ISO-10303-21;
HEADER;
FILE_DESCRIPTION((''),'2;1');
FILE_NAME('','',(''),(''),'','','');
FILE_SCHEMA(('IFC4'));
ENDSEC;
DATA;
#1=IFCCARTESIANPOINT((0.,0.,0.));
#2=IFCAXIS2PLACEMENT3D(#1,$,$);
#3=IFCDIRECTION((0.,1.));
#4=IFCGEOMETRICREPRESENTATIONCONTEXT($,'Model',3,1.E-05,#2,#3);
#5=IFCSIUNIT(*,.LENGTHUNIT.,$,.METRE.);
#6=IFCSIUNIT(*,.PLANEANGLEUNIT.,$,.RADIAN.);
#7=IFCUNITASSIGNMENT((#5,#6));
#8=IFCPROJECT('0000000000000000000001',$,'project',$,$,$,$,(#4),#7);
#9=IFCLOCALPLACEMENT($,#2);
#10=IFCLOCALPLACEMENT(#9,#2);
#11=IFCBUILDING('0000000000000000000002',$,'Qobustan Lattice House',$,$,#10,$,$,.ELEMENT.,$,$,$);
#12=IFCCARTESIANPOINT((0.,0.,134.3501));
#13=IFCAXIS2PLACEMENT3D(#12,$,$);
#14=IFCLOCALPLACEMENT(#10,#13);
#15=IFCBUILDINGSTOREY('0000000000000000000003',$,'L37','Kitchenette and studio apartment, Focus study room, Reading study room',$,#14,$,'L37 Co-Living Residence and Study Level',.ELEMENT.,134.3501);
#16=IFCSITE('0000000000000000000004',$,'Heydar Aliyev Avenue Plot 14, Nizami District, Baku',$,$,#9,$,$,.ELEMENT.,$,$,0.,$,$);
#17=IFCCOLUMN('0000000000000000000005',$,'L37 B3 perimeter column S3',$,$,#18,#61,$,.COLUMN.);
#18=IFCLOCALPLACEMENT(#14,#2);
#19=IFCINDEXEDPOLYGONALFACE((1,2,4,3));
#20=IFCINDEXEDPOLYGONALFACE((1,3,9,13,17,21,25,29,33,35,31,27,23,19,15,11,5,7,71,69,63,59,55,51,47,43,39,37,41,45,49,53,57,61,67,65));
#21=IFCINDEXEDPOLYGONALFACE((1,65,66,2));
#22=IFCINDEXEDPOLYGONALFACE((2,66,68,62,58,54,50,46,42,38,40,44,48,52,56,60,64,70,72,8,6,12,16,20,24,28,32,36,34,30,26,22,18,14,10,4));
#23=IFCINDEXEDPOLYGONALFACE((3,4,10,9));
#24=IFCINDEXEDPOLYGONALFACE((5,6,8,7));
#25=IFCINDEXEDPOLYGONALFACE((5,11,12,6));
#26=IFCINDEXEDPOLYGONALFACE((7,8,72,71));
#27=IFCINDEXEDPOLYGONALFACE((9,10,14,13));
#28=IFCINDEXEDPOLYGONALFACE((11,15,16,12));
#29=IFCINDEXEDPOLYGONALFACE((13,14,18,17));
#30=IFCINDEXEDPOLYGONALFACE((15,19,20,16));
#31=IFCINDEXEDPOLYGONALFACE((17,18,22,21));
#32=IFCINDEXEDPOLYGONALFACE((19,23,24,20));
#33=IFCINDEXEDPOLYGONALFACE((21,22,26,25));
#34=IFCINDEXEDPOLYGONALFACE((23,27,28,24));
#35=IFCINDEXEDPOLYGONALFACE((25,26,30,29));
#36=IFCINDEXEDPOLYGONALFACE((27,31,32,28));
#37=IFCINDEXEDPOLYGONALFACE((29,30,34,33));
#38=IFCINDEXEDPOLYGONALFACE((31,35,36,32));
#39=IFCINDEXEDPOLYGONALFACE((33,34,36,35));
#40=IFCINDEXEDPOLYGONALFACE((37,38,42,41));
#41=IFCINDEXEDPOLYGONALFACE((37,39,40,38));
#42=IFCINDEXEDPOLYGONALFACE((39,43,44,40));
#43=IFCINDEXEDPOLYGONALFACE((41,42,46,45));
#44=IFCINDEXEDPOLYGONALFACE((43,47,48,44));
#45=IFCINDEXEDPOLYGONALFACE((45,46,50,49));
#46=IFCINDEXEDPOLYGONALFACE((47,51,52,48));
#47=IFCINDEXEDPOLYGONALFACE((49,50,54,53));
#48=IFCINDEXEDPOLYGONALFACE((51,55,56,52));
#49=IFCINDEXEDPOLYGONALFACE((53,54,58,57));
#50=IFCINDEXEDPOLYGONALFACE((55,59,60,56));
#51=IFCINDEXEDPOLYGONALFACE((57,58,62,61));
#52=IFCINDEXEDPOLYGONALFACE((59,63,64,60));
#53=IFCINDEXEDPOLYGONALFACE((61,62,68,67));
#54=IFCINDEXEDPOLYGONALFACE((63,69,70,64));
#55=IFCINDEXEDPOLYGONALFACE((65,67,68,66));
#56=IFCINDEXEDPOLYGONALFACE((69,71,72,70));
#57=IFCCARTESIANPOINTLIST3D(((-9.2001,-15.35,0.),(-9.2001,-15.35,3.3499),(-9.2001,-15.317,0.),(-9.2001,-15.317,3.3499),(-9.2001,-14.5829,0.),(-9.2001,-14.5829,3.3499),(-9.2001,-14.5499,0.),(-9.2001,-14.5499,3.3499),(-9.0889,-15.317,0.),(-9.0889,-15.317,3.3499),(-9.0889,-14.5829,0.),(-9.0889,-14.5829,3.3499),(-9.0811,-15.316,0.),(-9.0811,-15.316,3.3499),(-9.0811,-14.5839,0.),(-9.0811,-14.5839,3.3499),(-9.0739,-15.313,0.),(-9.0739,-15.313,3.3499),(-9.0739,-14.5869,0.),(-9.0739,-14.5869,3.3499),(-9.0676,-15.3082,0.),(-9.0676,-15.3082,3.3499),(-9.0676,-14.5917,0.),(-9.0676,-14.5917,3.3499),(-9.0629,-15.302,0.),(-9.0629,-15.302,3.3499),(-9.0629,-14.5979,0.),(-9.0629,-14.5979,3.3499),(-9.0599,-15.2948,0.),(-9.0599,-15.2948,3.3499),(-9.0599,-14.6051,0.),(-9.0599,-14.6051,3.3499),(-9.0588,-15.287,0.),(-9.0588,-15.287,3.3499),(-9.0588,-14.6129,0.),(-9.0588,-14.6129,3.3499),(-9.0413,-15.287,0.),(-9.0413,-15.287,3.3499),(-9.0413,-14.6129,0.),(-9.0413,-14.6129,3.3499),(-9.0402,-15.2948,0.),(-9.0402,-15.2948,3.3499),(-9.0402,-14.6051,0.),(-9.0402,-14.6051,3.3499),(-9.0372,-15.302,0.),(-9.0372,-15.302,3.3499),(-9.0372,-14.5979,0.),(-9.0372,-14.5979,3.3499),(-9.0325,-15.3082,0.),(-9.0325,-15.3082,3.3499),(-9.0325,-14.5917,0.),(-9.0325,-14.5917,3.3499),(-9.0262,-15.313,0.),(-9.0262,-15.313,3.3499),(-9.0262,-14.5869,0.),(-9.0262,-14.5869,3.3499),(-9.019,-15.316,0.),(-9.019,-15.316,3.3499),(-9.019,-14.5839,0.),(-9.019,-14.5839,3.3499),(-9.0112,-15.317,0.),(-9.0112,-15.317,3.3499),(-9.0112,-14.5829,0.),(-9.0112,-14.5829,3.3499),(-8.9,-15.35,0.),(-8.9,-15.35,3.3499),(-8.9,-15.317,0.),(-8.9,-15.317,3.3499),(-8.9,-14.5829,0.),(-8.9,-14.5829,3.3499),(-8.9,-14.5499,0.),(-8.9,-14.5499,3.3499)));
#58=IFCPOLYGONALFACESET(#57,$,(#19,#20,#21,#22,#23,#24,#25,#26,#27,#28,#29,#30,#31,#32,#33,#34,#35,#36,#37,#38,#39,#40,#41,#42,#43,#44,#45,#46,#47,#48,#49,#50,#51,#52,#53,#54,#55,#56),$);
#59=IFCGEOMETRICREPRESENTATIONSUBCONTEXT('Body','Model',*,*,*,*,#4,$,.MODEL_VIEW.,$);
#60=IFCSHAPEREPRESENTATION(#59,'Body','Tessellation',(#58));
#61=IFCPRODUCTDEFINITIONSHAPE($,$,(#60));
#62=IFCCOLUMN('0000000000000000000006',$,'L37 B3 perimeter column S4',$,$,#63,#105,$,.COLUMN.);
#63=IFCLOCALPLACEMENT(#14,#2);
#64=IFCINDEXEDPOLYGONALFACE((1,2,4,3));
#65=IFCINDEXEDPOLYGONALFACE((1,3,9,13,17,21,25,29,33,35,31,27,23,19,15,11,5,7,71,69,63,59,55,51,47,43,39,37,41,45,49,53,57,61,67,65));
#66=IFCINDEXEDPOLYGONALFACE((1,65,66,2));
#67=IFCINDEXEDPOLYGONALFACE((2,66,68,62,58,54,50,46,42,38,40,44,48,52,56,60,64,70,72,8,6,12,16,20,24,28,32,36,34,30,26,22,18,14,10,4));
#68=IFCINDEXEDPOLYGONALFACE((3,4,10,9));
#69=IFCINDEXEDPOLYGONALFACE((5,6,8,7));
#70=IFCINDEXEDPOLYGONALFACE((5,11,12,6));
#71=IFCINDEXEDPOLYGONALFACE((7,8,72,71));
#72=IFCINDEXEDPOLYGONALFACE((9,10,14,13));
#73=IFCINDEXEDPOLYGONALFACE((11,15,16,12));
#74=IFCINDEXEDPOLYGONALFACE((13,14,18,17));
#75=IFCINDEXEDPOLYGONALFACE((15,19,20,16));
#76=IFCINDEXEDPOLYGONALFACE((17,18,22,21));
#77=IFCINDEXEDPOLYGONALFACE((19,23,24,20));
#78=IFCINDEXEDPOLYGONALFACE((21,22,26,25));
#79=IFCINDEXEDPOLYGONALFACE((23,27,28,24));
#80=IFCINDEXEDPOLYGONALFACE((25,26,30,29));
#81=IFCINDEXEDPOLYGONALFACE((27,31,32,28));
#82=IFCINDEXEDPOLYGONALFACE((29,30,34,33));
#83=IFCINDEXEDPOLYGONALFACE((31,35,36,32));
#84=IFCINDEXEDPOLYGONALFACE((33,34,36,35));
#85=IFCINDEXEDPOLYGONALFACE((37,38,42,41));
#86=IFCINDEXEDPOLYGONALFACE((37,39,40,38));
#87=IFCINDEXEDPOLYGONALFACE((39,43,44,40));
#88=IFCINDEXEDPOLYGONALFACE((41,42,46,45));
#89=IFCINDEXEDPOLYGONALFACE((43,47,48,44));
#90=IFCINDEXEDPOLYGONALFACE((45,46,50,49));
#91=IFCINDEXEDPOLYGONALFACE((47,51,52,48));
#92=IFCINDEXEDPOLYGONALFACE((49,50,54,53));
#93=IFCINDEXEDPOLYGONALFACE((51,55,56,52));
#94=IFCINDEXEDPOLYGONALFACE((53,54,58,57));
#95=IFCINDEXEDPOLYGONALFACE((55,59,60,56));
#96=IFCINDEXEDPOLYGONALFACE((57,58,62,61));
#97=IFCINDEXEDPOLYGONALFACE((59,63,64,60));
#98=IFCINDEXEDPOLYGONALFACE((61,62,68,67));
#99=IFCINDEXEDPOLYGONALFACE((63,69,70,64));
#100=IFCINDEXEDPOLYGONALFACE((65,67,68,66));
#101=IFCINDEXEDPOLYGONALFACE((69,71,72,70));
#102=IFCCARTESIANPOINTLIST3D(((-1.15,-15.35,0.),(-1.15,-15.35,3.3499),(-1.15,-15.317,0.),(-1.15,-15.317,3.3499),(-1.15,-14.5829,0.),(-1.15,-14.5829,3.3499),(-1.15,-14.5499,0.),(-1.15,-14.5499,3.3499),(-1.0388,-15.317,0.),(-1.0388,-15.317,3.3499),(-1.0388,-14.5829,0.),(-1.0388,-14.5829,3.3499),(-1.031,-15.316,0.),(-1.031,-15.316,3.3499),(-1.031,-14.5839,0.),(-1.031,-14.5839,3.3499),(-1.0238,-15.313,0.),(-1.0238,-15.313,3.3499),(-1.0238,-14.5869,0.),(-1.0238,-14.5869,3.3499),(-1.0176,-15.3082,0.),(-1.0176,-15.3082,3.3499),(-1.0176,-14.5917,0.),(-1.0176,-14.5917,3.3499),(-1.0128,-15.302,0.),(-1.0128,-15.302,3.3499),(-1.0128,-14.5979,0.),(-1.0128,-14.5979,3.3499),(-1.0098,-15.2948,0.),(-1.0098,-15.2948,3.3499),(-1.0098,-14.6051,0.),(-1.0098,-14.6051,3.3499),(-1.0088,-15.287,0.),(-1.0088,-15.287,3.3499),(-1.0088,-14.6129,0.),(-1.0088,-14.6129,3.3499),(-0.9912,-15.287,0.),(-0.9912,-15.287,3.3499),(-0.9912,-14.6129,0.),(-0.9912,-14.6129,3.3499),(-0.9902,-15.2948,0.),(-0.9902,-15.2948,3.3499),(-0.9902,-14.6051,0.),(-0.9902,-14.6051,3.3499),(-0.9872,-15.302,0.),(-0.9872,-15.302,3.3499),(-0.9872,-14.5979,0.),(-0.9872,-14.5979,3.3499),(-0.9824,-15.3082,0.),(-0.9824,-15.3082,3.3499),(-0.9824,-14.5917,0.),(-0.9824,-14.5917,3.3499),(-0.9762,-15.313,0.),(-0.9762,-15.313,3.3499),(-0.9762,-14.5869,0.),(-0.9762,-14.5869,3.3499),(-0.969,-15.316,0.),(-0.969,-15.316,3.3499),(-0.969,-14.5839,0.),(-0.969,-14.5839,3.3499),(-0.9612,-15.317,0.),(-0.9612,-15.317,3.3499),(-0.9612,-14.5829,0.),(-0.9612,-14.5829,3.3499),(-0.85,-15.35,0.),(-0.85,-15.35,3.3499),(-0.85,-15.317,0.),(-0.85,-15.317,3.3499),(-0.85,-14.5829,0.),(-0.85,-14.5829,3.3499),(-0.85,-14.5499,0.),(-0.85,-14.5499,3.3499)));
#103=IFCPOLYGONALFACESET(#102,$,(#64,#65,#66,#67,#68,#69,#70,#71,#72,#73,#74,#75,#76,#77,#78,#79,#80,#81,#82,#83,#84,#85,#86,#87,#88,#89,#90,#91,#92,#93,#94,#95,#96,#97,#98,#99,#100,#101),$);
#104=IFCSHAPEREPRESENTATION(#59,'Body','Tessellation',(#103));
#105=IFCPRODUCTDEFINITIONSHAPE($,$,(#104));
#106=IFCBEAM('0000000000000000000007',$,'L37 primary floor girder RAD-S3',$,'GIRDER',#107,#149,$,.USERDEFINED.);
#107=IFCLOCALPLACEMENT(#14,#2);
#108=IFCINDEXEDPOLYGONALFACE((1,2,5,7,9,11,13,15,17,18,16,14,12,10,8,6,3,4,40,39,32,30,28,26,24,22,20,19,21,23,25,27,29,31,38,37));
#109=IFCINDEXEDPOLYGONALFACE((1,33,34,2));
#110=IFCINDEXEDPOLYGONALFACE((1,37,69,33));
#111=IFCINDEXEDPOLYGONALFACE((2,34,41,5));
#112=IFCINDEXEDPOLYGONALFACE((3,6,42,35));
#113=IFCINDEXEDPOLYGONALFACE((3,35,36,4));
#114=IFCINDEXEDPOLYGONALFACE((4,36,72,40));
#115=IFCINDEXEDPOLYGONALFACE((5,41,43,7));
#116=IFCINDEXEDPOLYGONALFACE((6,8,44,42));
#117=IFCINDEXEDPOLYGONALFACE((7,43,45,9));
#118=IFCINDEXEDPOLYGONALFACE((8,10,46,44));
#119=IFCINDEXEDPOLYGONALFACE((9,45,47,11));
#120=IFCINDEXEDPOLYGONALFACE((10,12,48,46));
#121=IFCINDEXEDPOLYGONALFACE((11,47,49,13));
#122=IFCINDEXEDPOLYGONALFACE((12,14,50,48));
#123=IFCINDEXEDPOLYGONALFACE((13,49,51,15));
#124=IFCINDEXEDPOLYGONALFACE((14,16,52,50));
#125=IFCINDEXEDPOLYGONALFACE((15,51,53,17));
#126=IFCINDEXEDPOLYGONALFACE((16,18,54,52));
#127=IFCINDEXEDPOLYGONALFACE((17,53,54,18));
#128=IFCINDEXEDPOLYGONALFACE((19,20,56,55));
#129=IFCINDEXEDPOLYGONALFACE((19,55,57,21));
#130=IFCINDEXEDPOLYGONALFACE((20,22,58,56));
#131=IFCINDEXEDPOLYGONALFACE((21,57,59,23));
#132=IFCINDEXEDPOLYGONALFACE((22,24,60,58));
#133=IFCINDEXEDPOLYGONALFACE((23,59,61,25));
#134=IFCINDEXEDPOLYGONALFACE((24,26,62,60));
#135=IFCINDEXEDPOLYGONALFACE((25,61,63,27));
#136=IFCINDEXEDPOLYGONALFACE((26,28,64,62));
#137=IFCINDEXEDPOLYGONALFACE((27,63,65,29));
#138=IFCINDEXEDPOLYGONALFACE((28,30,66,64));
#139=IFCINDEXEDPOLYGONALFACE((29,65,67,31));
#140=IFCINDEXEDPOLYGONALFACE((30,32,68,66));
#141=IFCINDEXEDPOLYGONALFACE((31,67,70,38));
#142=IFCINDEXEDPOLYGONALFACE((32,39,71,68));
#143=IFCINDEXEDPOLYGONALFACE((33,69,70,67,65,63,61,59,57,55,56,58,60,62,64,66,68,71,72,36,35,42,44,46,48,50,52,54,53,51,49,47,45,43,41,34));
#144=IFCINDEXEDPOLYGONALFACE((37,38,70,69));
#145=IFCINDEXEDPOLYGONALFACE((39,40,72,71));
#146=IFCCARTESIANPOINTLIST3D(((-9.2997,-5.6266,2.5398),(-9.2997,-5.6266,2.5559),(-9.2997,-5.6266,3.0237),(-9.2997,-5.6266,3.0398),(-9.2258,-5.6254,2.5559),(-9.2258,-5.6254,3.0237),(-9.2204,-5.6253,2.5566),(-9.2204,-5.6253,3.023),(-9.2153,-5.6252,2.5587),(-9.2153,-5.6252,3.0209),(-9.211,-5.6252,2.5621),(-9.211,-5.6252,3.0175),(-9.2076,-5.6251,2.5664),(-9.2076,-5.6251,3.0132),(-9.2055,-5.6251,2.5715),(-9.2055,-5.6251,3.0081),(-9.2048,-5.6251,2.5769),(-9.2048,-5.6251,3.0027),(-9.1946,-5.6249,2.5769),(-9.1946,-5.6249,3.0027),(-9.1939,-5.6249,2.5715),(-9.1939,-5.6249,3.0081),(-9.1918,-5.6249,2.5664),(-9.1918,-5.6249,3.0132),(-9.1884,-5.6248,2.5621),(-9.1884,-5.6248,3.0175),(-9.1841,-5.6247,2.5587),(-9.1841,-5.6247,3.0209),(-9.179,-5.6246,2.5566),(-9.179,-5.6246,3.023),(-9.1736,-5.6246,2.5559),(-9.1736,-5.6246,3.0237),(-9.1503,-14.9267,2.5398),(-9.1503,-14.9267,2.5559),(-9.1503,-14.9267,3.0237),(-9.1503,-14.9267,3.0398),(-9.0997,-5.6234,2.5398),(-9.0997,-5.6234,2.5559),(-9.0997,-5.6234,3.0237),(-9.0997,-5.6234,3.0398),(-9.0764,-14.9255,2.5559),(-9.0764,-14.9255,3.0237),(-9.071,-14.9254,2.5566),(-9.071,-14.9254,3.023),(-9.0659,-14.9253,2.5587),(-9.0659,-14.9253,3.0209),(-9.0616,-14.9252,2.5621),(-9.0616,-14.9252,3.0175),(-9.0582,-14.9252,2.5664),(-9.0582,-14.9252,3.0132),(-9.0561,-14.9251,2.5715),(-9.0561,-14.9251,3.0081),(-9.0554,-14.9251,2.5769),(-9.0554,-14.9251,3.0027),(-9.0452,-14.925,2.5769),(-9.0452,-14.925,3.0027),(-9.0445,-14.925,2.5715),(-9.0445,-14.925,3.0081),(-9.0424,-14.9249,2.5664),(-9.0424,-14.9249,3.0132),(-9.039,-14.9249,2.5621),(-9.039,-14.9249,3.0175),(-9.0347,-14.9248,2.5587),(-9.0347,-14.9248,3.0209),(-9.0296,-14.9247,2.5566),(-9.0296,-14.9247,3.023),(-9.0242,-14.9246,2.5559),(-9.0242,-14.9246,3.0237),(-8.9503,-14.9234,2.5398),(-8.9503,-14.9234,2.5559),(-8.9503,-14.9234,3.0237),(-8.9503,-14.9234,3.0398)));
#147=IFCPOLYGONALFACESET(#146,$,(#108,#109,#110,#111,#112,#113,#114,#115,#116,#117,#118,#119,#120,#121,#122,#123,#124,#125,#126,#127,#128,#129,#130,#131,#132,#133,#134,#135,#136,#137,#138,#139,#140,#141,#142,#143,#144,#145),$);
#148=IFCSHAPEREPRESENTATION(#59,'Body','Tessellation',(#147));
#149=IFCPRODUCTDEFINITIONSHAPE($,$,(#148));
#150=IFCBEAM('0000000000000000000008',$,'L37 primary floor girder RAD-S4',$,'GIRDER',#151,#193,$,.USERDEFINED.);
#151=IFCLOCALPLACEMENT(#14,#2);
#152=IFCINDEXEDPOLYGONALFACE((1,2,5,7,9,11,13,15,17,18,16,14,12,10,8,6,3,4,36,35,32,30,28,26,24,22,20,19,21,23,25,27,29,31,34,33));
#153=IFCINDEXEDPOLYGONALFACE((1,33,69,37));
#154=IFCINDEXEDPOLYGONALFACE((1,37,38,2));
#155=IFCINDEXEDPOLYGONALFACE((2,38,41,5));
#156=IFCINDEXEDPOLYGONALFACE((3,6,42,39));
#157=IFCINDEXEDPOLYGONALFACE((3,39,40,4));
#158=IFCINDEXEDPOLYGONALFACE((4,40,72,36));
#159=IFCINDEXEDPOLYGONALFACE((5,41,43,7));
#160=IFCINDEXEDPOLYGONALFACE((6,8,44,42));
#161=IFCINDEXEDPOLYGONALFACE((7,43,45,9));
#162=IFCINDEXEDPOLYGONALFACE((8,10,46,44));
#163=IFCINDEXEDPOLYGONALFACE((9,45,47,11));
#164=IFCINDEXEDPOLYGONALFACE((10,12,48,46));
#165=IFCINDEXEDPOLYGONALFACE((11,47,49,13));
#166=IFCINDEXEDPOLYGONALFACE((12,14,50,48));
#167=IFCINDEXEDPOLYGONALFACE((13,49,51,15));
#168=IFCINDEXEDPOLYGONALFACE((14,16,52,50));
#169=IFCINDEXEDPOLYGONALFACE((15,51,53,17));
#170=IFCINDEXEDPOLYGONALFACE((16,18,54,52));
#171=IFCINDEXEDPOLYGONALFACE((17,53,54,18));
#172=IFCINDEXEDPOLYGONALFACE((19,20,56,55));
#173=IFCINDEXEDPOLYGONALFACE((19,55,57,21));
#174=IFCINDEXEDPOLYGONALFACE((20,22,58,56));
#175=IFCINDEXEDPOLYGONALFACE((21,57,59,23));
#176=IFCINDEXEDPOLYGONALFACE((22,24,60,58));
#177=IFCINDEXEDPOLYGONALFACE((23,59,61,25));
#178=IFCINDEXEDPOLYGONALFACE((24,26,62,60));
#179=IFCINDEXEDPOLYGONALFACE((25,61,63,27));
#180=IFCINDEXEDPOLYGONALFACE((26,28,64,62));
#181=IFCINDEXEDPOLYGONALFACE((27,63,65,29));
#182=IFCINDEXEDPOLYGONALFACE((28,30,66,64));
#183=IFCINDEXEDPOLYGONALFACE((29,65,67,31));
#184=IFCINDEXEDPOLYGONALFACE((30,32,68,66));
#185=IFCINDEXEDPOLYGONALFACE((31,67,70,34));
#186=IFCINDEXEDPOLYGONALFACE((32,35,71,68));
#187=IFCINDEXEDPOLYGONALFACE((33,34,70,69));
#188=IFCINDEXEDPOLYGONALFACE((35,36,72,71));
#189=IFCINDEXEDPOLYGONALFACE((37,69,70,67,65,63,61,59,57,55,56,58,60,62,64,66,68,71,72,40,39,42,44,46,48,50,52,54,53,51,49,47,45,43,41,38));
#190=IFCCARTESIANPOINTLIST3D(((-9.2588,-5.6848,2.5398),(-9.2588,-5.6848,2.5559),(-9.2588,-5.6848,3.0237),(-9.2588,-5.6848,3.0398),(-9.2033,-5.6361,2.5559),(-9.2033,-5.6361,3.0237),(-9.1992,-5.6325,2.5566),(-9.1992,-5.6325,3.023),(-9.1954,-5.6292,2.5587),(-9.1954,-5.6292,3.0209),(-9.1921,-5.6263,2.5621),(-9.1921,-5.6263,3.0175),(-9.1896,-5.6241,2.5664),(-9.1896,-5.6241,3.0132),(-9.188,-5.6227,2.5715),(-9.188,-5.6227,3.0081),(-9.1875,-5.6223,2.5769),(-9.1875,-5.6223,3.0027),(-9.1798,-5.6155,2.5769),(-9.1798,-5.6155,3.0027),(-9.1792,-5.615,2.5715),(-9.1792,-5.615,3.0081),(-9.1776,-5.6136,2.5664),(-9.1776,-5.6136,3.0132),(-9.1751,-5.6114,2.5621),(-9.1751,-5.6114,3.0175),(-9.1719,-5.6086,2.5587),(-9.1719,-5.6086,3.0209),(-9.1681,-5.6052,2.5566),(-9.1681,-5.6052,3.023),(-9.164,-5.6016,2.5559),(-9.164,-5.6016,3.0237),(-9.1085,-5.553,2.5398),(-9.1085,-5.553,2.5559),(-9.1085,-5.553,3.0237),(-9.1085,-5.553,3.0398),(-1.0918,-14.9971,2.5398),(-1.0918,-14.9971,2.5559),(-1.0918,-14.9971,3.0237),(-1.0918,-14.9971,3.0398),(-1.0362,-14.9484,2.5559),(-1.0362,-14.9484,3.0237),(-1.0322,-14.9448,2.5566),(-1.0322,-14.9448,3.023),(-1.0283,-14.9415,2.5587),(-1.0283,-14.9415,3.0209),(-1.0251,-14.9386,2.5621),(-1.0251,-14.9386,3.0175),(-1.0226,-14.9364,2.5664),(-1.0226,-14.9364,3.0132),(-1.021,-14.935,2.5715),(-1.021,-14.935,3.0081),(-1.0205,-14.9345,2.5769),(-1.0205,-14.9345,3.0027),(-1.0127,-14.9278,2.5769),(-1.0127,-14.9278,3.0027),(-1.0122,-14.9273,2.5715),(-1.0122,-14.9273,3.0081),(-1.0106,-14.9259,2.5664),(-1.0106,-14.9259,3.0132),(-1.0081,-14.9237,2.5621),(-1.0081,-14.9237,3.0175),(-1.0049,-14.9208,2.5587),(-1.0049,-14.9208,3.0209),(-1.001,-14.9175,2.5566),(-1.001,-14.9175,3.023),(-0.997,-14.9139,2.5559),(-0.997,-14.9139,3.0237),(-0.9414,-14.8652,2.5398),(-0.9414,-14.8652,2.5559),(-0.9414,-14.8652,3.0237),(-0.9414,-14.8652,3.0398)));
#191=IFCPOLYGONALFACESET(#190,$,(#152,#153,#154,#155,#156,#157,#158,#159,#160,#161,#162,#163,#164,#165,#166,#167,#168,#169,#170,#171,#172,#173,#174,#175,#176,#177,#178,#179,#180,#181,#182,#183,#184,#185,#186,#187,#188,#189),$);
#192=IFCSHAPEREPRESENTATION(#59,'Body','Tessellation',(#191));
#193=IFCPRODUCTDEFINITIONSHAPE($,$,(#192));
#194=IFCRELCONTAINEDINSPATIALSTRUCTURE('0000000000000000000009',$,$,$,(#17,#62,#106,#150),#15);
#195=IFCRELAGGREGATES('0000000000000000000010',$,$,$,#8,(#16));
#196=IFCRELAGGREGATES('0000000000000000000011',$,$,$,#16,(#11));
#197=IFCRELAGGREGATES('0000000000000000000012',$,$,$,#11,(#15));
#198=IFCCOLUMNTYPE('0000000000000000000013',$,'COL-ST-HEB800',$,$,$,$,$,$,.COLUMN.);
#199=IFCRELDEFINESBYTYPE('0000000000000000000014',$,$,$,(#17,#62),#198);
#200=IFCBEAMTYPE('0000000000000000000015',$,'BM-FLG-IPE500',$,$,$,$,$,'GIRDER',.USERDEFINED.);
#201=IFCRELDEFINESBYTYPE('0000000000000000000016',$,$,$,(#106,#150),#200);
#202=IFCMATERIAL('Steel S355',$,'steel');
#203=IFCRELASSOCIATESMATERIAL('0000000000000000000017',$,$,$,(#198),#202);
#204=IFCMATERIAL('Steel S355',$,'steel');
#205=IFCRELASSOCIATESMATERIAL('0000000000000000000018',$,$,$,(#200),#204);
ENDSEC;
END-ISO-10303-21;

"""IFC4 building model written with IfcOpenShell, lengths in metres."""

from ifc_helpers import new_model, si_unit, direction, frame, origin, origin_2d, place, context, subcontext, project, spatial, i_section, extrude, material, material_profile, profile_set, type_object, element, save


model = new_model("IFC4")

# Units and contexts
model_context = context("Model", 3, precision=1e-05, world=origin(), true_north=direction((0.0, 1.0)))
body_context = subcontext(model_context, "Body", "Model", "MODEL_VIEW")
ifc_project = project(units=[si_unit("LENGTHUNIT", "METRE"), si_unit("PLANEANGLEUNIT", "RADIAN")], contexts=[model_context])

# Site, building, storey
site_placement = place(None, origin())
site = spatial("IfcSite", under=ifc_project, at=site_placement, Name="Heydar Aliyev Avenue Plot 14, Nizami District, Baku", CompositionType="ELEMENT", RefElevation=0.0)
building_placement = place(site_placement, origin())
building = spatial("IfcBuilding", under=site, at=building_placement, Name="Qobustan Lattice House", CompositionType="ELEMENT")
storey_placement = place(building_placement, frame((0.0, 0.0, 134.3501)))
storey = spatial("IfcBuildingStorey", under=building, at=storey_placement, Name="L37", Description="Kitchenette and studio apartment, Focus study room, Reading study room", LongName="L37 Co-Living Residence and Study Level", CompositionType="ELEMENT", Elevation=134.3501)

# Columns
ifc_material_1 = material(Name="Steel S355", Category="steel")
ifc_material_profile_1 = material_profile(ifc_material_1, i_section(OverallWidth=0.3, OverallDepth=0.8, WebThickness=0.0176, FlangeThickness=0.033, FilletRadius=0.03, at=origin_2d()), Name="HEB800")
ifc_profile_set_1 = profile_set([ifc_material_profile_1], Name="Steel S355")
column_type = type_object("IfcColumnType", Name="COL-ST-HEB800", PredefinedType="COLUMN", material=ifc_profile_set_1)
for number, where, z_axis, x_axis, name in (
    (1, (-9.05, -14.95, 0.0), (0.0, 0.0, 1.0), (1.0, 0.0, 0.0), "L37 B3 perimeter column S3"),
    (2, (-1.0, -14.95, 0.0), (0.0, 0.0, 1.0), (1.0, 0.0, 0.0), "L37 B3 perimeter column S4"),
):
    element("IfcColumn", number, at=place(storey_placement, frame(where, z_axis=z_axis, x_axis=x_axis)), inside=storey, type_object=column_type, Name=name, PredefinedType="COLUMN", context=body_context, shape_type="SweptSolid", body=[
        extrude(i_section(OverallWidth=0.3, OverallDepth=0.8, WebThickness=0.0176, FlangeThickness=0.033, FilletRadius=0.03, at=origin_2d()), origin(), (0.0, 0.0, 1.0), 3.3499),
    ])

# Beams
ifc_material_2 = material(Name="Steel S355", Category="steel")
ifc_material_profile_2 = material_profile(ifc_material_2, i_section(OverallWidth=0.2, OverallDepth=0.5, WebThickness=0.0103, FlangeThickness=0.0161, FilletRadius=0.021, at=origin_2d()), Name="IPE500")
ifc_profile_set_2 = profile_set([ifc_material_profile_2], Name="Steel S355")
beam_type_1 = type_object("IfcBeamType", Name="BM-FLG-IPE500", ElementType="GIRDER", PredefinedType="USERDEFINED", material=ifc_profile_set_2)
beam_1_placement = place(storey_placement, frame((-9.0503, -14.925, 2.7898), z_axis=(-0.016064, 0.999871, 0.0), x_axis=(-0.999871, -0.016064, 0.0)))
element("IfcBeam", 3, at=beam_1_placement, inside=storey, type_object=beam_type_1, Name="L37 primary floor girder RAD-S3", ObjectType="GIRDER", PredefinedType="USERDEFINED", context=body_context, shape_type="SweptSolid", body=[
    extrude(i_section(OverallWidth=0.2, OverallDepth=0.5, WebThickness=0.0103, FlangeThickness=0.0161, FilletRadius=0.021, at=origin_2d()), origin(), (0.0, 0.0, 1.0), 9.3013),
])
beam_2_placement = place(storey_placement, frame((-1.0166, -14.9312, 2.7898), z_axis=(-0.659362, 0.751825, 0.0), x_axis=(-0.751825, -0.659362, 0.0)))
element("IfcBeam", 4, at=beam_2_placement, inside=storey, type_object=beam_type_1, Name="L37 primary floor girder RAD-S4", ObjectType="GIRDER", PredefinedType="USERDEFINED", context=body_context, shape_type="SweptSolid", body=[
    extrude(i_section(OverallWidth=0.2, OverallDepth=0.5, WebThickness=0.0103, FlangeThickness=0.0161, FilletRadius=0.021, at=origin_2d()), origin(), (0.0, 0.0, 1.0), 12.3862),
])

save(model, "model.ifc")
